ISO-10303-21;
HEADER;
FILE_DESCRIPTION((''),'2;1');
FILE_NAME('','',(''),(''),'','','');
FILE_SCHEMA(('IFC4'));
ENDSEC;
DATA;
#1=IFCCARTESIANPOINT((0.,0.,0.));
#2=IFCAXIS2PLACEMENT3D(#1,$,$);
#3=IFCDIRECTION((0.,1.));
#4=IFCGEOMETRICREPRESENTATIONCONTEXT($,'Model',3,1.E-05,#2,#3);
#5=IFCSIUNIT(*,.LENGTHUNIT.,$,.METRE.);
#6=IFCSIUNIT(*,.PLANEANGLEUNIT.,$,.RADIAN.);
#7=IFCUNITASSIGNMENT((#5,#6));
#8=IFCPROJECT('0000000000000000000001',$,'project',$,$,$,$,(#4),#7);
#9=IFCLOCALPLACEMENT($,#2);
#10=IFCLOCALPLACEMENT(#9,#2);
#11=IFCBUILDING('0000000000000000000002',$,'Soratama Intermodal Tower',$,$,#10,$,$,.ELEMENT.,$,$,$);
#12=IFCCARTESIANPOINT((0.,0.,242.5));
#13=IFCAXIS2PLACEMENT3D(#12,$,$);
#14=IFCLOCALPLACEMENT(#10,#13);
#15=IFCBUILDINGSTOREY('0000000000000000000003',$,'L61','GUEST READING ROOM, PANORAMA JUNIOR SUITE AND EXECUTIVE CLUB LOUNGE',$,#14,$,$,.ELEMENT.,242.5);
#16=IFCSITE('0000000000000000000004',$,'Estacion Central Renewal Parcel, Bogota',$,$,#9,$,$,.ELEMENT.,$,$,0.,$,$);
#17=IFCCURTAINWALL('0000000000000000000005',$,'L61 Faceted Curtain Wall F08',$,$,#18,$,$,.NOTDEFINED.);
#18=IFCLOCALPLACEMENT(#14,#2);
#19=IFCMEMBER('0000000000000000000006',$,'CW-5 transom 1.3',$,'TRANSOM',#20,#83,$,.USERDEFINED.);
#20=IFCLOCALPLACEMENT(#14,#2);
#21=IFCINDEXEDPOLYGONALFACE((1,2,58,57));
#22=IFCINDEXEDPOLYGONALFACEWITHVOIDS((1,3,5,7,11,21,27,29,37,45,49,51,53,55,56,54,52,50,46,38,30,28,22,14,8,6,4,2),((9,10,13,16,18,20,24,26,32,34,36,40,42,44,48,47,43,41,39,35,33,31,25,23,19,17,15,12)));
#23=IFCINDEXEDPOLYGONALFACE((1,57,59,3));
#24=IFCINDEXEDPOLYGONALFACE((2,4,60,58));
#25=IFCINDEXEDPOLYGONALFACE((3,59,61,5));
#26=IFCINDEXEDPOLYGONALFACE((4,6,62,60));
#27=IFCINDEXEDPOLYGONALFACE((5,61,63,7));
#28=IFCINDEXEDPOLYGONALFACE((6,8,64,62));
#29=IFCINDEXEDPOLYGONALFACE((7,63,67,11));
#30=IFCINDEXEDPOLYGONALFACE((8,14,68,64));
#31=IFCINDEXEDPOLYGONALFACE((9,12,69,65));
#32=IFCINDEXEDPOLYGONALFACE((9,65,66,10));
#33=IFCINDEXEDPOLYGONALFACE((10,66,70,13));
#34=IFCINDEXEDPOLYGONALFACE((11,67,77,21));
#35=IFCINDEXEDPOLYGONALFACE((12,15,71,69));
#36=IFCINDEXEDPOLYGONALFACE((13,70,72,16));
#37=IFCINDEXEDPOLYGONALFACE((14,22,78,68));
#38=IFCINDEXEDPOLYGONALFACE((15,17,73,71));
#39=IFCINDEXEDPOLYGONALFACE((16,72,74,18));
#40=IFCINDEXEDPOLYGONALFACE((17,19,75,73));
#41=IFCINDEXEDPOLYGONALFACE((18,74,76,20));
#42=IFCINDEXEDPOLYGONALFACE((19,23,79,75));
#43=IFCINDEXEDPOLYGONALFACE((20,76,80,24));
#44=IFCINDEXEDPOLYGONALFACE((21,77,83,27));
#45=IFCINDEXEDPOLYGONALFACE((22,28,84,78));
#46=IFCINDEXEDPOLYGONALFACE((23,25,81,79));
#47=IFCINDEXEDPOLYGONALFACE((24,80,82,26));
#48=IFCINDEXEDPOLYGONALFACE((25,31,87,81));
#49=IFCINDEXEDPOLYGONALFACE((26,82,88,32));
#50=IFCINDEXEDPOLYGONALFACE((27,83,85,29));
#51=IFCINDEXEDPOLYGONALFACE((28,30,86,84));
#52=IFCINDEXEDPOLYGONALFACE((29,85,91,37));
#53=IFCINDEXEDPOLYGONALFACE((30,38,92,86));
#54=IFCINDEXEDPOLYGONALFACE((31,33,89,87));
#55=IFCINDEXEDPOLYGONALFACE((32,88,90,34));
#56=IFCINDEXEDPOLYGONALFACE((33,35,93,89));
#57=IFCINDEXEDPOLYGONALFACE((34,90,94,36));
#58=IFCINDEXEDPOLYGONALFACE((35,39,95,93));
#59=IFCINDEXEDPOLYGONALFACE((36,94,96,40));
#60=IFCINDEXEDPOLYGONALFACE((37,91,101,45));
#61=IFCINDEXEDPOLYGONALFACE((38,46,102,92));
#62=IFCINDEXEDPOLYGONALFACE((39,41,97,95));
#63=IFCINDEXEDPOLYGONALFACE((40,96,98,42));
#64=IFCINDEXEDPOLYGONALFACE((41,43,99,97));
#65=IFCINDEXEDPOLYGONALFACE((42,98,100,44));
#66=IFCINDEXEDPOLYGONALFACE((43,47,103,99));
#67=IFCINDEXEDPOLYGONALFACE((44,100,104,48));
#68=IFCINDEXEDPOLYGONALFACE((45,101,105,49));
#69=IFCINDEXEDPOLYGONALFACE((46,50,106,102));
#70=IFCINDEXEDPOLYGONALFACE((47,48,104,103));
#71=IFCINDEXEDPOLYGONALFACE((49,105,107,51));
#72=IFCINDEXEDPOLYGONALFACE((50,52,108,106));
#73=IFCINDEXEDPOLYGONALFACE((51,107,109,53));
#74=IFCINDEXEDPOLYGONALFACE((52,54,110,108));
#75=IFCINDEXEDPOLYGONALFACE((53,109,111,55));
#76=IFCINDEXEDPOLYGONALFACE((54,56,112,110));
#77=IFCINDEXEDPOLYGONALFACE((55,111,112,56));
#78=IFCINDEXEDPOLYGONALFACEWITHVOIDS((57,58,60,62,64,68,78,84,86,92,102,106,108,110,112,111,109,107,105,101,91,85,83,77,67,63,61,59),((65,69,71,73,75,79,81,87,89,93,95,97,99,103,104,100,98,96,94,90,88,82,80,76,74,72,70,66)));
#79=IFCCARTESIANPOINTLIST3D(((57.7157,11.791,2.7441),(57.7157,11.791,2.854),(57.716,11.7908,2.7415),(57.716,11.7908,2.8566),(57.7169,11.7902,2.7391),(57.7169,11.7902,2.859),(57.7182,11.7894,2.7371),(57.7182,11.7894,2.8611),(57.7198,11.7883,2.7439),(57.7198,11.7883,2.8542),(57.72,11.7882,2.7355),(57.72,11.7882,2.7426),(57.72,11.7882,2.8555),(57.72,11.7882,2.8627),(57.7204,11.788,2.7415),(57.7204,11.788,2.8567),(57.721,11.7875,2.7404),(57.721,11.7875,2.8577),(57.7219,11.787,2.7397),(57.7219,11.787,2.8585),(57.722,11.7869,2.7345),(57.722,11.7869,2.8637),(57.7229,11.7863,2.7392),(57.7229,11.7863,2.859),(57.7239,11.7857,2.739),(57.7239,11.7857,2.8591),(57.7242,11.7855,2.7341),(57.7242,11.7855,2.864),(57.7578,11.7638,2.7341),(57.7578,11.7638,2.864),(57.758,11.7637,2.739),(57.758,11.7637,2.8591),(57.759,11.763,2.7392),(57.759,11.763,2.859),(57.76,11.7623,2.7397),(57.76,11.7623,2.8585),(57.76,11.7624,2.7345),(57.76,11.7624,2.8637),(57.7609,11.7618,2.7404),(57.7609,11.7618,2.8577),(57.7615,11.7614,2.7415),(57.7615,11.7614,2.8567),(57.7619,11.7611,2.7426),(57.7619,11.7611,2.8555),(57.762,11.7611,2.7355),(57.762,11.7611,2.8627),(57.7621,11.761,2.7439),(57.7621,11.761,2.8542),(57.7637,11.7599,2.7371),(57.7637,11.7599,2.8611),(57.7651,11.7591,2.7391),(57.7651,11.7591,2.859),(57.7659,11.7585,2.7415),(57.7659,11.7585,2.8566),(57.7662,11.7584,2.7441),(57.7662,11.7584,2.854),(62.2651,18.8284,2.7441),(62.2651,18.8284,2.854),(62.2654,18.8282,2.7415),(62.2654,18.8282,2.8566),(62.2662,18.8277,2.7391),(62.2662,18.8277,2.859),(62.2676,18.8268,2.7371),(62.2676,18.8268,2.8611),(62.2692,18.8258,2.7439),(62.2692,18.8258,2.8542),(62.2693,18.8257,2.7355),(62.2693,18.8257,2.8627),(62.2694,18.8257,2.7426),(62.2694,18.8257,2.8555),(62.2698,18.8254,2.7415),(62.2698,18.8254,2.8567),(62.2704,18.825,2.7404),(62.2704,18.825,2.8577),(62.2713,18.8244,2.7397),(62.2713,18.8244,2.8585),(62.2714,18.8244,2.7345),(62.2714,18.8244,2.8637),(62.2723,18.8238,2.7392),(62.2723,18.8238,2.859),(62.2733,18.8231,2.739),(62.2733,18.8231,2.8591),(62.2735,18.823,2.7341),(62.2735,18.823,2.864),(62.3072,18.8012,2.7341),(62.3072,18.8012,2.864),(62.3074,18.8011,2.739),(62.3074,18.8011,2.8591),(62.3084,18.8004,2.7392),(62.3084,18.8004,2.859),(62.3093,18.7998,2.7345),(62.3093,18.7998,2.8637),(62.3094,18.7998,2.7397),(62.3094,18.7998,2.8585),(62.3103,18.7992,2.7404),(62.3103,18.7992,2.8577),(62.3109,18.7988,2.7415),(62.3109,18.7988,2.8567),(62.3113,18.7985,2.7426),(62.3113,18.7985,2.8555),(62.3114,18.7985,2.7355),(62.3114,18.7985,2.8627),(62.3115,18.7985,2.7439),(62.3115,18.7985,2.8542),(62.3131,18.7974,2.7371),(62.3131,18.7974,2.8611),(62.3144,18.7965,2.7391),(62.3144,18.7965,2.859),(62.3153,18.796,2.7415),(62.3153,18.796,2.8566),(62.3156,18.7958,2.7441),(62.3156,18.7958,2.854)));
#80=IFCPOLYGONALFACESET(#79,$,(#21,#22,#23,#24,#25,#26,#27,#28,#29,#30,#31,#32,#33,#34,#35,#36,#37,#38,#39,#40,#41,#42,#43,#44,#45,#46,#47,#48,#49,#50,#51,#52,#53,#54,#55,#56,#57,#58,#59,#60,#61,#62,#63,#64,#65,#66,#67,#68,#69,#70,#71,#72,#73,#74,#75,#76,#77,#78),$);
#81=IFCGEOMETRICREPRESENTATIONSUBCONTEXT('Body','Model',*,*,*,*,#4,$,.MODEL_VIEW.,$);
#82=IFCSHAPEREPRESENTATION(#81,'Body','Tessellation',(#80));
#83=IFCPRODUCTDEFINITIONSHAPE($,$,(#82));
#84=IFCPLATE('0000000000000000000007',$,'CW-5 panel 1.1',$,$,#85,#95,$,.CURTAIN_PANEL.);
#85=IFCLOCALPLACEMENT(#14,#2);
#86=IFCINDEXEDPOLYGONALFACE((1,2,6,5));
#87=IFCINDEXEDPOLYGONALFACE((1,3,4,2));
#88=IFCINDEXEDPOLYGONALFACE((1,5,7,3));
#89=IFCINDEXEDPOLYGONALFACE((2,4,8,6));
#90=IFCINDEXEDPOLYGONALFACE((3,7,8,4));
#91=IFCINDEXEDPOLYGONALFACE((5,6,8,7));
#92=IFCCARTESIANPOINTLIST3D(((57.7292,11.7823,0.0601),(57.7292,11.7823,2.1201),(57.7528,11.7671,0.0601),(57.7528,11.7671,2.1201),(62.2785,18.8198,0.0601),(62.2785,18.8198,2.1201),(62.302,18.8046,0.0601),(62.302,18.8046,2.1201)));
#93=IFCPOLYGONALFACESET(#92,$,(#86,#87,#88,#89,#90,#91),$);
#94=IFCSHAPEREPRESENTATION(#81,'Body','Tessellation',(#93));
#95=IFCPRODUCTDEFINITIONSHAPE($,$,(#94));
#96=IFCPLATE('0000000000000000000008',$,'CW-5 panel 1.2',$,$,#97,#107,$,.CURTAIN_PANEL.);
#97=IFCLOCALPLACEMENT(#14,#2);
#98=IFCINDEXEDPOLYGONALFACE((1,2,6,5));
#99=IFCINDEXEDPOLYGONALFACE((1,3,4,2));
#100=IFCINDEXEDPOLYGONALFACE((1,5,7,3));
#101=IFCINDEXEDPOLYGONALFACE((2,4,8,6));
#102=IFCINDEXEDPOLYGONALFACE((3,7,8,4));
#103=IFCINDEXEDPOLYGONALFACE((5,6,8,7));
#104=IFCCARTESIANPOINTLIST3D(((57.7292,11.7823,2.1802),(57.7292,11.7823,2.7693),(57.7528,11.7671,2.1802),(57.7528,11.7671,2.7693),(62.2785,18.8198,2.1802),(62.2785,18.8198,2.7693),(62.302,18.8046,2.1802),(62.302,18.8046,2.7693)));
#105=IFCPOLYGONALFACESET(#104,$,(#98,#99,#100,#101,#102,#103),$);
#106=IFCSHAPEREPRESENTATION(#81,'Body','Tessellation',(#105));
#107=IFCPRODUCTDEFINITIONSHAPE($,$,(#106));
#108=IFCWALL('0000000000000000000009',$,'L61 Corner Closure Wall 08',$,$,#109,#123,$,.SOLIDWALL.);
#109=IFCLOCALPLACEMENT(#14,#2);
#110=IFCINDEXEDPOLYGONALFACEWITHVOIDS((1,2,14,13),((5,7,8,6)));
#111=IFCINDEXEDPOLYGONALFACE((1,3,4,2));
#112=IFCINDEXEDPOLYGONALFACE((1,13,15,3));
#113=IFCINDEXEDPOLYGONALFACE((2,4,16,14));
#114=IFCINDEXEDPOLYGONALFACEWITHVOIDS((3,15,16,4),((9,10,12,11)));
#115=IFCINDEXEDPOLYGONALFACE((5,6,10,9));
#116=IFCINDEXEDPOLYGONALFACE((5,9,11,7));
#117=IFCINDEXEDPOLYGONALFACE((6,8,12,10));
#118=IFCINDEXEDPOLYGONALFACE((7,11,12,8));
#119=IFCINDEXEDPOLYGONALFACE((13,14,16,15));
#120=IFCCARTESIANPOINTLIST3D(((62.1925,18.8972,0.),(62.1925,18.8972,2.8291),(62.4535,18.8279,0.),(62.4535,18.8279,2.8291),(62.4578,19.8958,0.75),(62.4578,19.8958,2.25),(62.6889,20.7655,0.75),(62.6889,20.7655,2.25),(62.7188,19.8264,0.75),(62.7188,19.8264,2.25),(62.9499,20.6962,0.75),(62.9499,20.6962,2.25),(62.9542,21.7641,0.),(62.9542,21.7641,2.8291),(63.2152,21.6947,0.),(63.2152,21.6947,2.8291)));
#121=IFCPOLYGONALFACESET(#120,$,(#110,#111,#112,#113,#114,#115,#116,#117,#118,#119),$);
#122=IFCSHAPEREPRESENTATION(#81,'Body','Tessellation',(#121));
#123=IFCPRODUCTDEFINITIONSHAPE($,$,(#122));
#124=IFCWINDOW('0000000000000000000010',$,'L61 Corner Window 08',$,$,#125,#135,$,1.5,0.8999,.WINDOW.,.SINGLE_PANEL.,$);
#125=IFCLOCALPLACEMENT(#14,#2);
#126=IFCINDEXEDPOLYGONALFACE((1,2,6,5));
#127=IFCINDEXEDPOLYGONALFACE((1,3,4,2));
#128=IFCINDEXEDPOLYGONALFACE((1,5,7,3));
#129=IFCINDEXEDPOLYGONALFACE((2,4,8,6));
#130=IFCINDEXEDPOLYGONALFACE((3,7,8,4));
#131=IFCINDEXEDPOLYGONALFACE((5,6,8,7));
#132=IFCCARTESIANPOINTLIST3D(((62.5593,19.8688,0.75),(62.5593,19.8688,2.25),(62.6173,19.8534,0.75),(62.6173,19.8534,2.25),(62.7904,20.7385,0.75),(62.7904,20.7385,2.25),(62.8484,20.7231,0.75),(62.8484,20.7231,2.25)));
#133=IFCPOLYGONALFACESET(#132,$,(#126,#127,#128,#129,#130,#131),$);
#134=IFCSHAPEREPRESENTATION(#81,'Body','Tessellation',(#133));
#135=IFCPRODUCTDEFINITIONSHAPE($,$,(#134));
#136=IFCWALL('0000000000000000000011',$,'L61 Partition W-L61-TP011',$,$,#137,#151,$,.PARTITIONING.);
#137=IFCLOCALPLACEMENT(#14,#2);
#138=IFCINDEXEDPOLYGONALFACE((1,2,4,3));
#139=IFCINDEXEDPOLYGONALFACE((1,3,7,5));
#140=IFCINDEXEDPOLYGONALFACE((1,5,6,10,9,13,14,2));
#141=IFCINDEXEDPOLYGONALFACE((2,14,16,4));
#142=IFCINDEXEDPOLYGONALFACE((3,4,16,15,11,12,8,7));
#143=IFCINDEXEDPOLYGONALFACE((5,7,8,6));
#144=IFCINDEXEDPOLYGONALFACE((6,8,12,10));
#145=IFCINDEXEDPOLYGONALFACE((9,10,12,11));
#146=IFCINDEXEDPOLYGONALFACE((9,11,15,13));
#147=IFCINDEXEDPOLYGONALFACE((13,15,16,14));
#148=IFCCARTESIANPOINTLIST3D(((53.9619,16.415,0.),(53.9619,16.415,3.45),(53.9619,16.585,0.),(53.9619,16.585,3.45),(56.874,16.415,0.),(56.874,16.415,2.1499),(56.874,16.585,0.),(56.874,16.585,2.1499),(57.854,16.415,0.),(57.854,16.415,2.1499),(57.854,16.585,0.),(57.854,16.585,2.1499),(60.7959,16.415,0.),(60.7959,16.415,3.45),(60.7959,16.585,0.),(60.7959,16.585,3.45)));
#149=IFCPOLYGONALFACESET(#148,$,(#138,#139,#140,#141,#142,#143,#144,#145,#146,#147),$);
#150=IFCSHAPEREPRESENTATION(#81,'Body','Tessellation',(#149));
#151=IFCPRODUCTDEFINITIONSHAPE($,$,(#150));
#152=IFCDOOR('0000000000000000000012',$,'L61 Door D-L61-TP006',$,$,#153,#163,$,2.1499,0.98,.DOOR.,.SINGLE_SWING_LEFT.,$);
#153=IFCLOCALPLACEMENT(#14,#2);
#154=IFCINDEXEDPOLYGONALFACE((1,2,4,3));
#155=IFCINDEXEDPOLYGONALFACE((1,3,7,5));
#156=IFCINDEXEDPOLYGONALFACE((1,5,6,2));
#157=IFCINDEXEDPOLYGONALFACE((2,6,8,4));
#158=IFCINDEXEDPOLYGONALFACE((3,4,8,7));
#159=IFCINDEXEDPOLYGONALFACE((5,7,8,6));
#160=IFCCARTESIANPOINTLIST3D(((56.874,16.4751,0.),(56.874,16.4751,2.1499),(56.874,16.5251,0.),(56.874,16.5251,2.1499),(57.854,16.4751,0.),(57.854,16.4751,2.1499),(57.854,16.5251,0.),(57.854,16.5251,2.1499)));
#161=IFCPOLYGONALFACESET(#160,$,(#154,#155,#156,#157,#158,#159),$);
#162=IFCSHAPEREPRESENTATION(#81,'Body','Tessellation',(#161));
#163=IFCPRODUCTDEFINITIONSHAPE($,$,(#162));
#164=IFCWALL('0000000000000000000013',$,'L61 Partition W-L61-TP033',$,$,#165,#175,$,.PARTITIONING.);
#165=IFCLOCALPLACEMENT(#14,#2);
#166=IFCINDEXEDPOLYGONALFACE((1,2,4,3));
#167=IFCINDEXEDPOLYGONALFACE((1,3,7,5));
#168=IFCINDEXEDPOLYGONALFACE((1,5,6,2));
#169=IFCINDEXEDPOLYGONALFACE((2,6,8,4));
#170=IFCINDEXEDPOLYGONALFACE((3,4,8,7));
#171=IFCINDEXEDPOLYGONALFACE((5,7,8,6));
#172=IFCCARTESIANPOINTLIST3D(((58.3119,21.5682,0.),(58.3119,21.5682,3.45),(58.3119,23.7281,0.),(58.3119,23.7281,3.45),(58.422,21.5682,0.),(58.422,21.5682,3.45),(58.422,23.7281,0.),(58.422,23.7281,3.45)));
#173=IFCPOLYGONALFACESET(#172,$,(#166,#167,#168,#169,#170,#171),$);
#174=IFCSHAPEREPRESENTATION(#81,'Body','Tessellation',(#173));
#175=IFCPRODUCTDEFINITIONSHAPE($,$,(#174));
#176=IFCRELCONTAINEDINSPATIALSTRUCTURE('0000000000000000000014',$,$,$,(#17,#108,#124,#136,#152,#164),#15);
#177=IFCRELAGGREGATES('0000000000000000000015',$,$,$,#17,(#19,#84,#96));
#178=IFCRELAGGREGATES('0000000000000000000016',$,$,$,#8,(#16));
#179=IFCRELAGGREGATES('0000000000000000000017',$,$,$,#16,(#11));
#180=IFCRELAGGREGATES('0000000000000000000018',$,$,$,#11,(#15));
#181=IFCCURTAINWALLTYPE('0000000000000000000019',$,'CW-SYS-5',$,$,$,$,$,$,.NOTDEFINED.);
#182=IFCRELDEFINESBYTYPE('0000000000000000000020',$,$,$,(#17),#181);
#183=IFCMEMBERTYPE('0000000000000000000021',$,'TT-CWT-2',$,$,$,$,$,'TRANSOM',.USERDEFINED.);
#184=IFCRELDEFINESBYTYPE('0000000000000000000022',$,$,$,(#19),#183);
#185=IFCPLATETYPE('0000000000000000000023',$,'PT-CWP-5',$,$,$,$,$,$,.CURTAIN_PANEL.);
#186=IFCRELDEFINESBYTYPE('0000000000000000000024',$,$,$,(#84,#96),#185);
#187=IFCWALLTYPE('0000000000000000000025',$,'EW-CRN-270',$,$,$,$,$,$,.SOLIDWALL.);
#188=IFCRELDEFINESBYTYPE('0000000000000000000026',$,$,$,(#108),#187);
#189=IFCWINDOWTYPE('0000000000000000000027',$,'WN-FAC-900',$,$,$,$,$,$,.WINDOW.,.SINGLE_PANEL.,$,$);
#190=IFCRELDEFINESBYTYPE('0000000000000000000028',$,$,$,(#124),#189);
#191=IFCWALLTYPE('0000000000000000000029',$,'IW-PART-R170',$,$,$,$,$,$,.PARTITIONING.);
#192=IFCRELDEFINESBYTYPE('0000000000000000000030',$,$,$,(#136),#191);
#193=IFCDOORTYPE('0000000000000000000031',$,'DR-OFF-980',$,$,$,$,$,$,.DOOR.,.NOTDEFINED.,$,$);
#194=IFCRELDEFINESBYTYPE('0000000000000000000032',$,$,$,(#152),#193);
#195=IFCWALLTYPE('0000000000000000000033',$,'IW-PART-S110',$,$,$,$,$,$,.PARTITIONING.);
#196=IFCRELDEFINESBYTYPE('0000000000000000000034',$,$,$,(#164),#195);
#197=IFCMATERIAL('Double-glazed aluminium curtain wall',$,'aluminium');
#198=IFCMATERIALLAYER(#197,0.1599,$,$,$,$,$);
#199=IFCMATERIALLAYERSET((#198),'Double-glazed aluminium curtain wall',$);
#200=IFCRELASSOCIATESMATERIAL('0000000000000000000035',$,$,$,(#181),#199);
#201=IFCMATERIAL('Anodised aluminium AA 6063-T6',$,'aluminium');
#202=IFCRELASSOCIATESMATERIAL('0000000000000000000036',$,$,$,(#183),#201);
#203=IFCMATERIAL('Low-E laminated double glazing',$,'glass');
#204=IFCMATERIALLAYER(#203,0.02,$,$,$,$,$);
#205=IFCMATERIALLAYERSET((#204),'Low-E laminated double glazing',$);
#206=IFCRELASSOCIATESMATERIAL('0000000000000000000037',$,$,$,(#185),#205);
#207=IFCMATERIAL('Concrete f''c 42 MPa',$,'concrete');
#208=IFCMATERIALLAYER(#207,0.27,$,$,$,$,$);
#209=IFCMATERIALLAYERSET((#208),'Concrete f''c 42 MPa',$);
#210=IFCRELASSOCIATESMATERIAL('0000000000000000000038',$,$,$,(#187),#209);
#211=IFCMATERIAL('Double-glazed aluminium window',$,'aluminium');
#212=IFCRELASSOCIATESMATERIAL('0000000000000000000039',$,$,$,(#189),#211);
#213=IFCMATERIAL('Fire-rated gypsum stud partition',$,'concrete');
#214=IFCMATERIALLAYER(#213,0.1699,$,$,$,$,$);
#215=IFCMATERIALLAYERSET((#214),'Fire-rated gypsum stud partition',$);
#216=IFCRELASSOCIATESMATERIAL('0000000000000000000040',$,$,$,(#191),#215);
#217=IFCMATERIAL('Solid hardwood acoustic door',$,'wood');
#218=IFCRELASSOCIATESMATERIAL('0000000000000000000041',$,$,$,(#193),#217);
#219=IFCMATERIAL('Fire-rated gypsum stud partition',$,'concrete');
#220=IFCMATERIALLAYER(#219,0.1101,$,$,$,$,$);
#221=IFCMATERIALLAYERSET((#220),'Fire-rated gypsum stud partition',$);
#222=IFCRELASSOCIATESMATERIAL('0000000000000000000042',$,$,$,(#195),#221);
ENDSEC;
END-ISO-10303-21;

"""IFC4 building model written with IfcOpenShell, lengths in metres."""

from ifc_helpers import new_model, si_unit, direction, frame, frame_2d, origin, origin_2d, place, context, subcontext, project, spatial, rectangle, hollow_rectangle, extrude, material, layer, layer_set, material_profile, profile_set, type_object, element, fill, aggregate, save


model = new_model("IFC4")

# Units and contexts
model_context = context("Model", 3, precision=1e-05, world=origin(), true_north=direction((0.0, 1.0)))
body_context = subcontext(model_context, "Body", "Model", "MODEL_VIEW")
ifc_project = project(units=[si_unit("LENGTHUNIT", "METRE"), si_unit("PLANEANGLEUNIT", "RADIAN")], contexts=[model_context])

# Site, building, storey
site_placement = place(None, origin())
site = spatial("IfcSite", under=ifc_project, at=site_placement, Name="Estacion Central Renewal Parcel, Bogota", CompositionType="ELEMENT", RefElevation=0.0)
building_placement = place(site_placement, origin())
building = spatial("IfcBuilding", under=site, at=building_placement, Name="Soratama Intermodal Tower", CompositionType="ELEMENT")
storey_placement = place(building_placement, frame((0.0, 0.0, 242.5)))
storey = spatial("IfcBuildingStorey", under=building, at=storey_placement, Name="L61", Description="GUEST READING ROOM, PANORAMA JUNIOR SUITE AND EXECUTIVE CLUB LOUNGE", CompositionType="ELEMENT", Elevation=242.5)

# Curtain wall, member, plates
ifc_material_1 = material(Name="Double-glazed aluminium curtain wall", Category="aluminium")
ifc_layer_1 = layer(ifc_material_1, 0.1599)
ifc_layer_set_1 = layer_set([ifc_layer_1], Name="Double-glazed aluminium curtain wall")
curtain_wall_type = type_object("IfcCurtainWallType", Name="CW-SYS-5", PredefinedType="NOTDEFINED", material=ifc_layer_set_1)
curtain_wall_placement = place(storey_placement, origin())
curtain_wall = element("IfcCurtainWall", 1, at=curtain_wall_placement, inside=storey, type_object=curtain_wall_type, Name="L61 Faceted Curtain Wall F08", PredefinedType="NOTDEFINED")
ifc_material_2 = material(Name="Anodised aluminium AA 6063-T6", Category="aluminium")
ifc_material_profile_1 = material_profile(ifc_material_2, hollow_rectangle(XDim=0.0601, YDim=0.1299, WallThickness=0.0049, InnerFilletRadius=0.0049, OuterFilletRadius=0.01, at=origin_2d()), Name="CWT130X60X5")
ifc_profile_set_1 = profile_set([ifc_material_profile_1], Name="Anodised aluminium AA 6063-T6")
member_type_1 = type_object("IfcMemberType", Name="TT-CWT-2", ElementType="TRANSOM", PredefinedType="USERDEFINED", material=ifc_profile_set_1)
member_1_placement = place(storey_placement, frame((57.741, 11.7747, 2.7991), z_axis=(0.542892, 0.839802, 0.0), x_axis=(-0.839802, 0.542892, 0.0)))
member_1 = element("IfcMember", 2, at=member_1_placement, type_object=member_type_1, Name="CW-5 transom 1.3", ObjectType="TRANSOM", PredefinedType="USERDEFINED", context=body_context, shape_type="SweptSolid", body=[
    extrude(hollow_rectangle(XDim=0.0601, YDim=0.1299, WallThickness=0.0049, InnerFilletRadius=0.0049, OuterFilletRadius=0.01, at=origin_2d()), origin(), (0.0, 0.0, 1.0), 8.3799),
])
ifc_material_3 = material(Name="Low-E laminated double glazing", Category="glass")
ifc_layer_2 = layer(ifc_material_3, 0.02)
ifc_layer_set_2 = layer_set([ifc_layer_2], Name="Low-E laminated double glazing")
plate_type = type_object("IfcPlateType", Name="PT-CWP-5", PredefinedType="CURTAIN_PANEL", material=ifc_layer_set_2)
plate_1_placement = place(storey_placement, frame((60.0156, 15.2935, 0.0601), z_axis=(0.0, 0.0, 1.0), x_axis=(0.542878, 0.839812, 0.0)))
plate_1 = element("IfcPlate", 3, at=plate_1_placement, type_object=plate_type, Name="CW-5 panel 1.1", PredefinedType="CURTAIN_PANEL", context=body_context, shape_type="SweptSolid", body=[
    extrude(rectangle(XDim=8.3799, YDim=0.0281, at=origin_2d()), origin(), (0.0, 0.0, 1.0), 2.0601),
])
plate_2_placement = place(storey_placement, frame((60.0156, 15.2935, 2.1802), z_axis=(0.0, 0.0, 1.0), x_axis=(0.542878, 0.839812, 0.0)))
plate_2 = element("IfcPlate", 4, at=plate_2_placement, type_object=plate_type, Name="CW-5 panel 1.2", PredefinedType="CURTAIN_PANEL", context=body_context, shape_type="SweptSolid", body=[
    extrude(rectangle(XDim=8.3799, YDim=0.0281, at=origin_2d()), origin(), (0.0, 0.0, 1.0), 0.5891),
])
aggregate(curtain_wall, [member_1, plate_1, plate_2])

# Wall, opening, window
ifc_material_4 = material(Name="Concrete f'c 42 MPa", Category="concrete")
ifc_layer_3 = layer(ifc_material_4, 0.27)
ifc_layer_set_3 = layer_set([ifc_layer_3], Name="Concrete f'c 42 MPa")
wall_type_1 = type_object("IfcWallType", Name="EW-CRN-270", PredefinedType="SOLIDWALL", material=ifc_layer_set_3)
wall_1_placement = place(storey_placement, frame((62.323, 18.8625, 0.0), z_axis=(0.0, 0.0, 1.0), x_axis=(0.256781, 0.966469, 0.0)))
wall_1 = element("IfcWall", 5, at=wall_1_placement, inside=storey, type_object=wall_type_1, Name="L61 Corner Closure Wall 08", PredefinedType="SOLIDWALL", context=body_context, shape_type="SweptSolid", body=[
    extrude(rectangle(XDim=2.9663, YDim=0.27, at=frame_2d((1.4832, 0.0))), origin(), (0.0, 0.0, 1.0), 2.8291),
])
opening_1_placement = place(wall_1_placement, frame((1.0332, 0.0, 0.75)))
opening_1 = element("IfcOpeningElement", 6, at=opening_1_placement, cuts=wall_1, PredefinedType="OPENING", context=body_context, shape_type="SweptSolid", body=[
    extrude(rectangle(XDim=0.8999, YDim=1.5, at=frame_2d((0.45, 0.75))), frame((0.0, 0.145, 0.0), z_axis=(0.0, -1.0, 0.0), x_axis=(1.0, 0.0, 0.0)), (0.0, 0.0, 1.0), 0.29),
])
ifc_material_5 = material(Name="Double-glazed aluminium window", Category="aluminium")
window_type_1 = type_object("IfcWindowType", Name="WN-FAC-900", PartitioningType="SINGLE_PANEL", PredefinedType="WINDOW", material=ifc_material_5)
window_1_placement = place(opening_1_placement, origin())
window_1 = element("IfcWindow", 7, at=window_1_placement, inside=storey, type_object=window_type_1, Name="L61 Corner Window 08", OverallHeight=1.5, OverallWidth=0.8999, PartitioningType="SINGLE_PANEL", PredefinedType="WINDOW", context=body_context, shape_type="SweptSolid", body=[
    extrude(rectangle(XDim=0.8999, YDim=1.5, at=frame_2d((0.45, 0.75))), frame((0.0, 0.03, 0.0), z_axis=(0.0, -1.0, 0.0), x_axis=(1.0, 0.0, 0.0)), (0.0, 0.0, 1.0), 0.0601),
])
fill(opening_1, window_1)

# Wall, opening, door
ifc_material_6 = material(Name="Fire-rated gypsum stud partition", Category="concrete")
ifc_layer_4 = layer(ifc_material_6, 0.1699)
ifc_layer_set_4 = layer_set([ifc_layer_4], Name="Fire-rated gypsum stud partition")
wall_type_2 = type_object("IfcWallType", Name="IW-PART-R170", PredefinedType="PARTITIONING", material=ifc_layer_set_4)
wall_2_placement = place(storey_placement, frame((60.7959, 16.5, 0.0), z_axis=(0.0, 0.0, 1.0), x_axis=(-1.0, 0.0, 0.0)))
wall_2 = element("IfcWall", 8, at=wall_2_placement, inside=storey, type_object=wall_type_2, Name="L61 Partition W-L61-TP011", PredefinedType="PARTITIONING", context=body_context, shape_type="SweptSolid", body=[
    extrude(rectangle(XDim=6.834, YDim=0.1699, at=frame_2d((3.417, 0.0))), origin(), (0.0, 0.0, 1.0), 3.45),
])
opening_2_placement = place(wall_2_placement, frame((2.9419, 0.0, 0.0)))
opening_2 = element("IfcOpeningElement", 9, at=opening_2_placement, cuts=wall_2, PredefinedType="OPENING", context=body_context, shape_type="SweptSolid", body=[
    extrude(rectangle(XDim=0.98, YDim=2.1499, at=frame_2d((0.49, 1.075))), frame((0.0, 0.095, 0.0), z_axis=(0.0, -1.0, 0.0), x_axis=(1.0, 0.0, 0.0)), (0.0, 0.0, 1.0), 0.1899),
])
ifc_material_7 = material(Name="Solid hardwood acoustic door", Category="wood")
door_type_1 = type_object("IfcDoorType", Name="DR-OFF-980", OperationType="NOTDEFINED", PredefinedType="DOOR", material=ifc_material_7)
door_1_placement = place(opening_2_placement, origin())
door_1 = element("IfcDoor", 10, at=door_1_placement, inside=storey, type_object=door_type_1, Name="L61 Door D-L61-TP006", OperationType="SINGLE_SWING_LEFT", OverallHeight=2.1499, OverallWidth=0.98, PredefinedType="DOOR", context=body_context, shape_type="SweptSolid", body=[
    extrude(rectangle(XDim=0.98, YDim=2.1499, at=frame_2d((0.49, 1.075))), frame((0.0, 0.0249, 0.0), z_axis=(0.0, -1.0, 0.0), x_axis=(1.0, 0.0, 0.0)), (0.0, 0.0, 1.0), 0.05),
])
fill(opening_2, door_1)

# Wall
ifc_material_8 = material(Name="Fire-rated gypsum stud partition", Category="concrete")
ifc_layer_5 = layer(ifc_material_8, 0.1101)
ifc_layer_set_5 = layer_set([ifc_layer_5], Name="Fire-rated gypsum stud partition")
wall_type_3 = type_object("IfcWallType", Name="IW-PART-S110", PredefinedType="PARTITIONING", material=ifc_layer_set_5)
wall_3_placement = place(storey_placement, frame((58.3669, 21.5681, 0.0), z_axis=(0.0, 0.0, 1.0), x_axis=(0.0, 1.0, 0.0)))
element("IfcWall", 11, at=wall_3_placement, inside=storey, type_object=wall_type_3, Name="L61 Partition W-L61-TP033", PredefinedType="PARTITIONING", context=body_context, shape_type="SweptSolid", body=[
    extrude(rectangle(XDim=2.1599, YDim=0.1101, at=frame_2d((1.0801, 0.0))), origin(), (0.0, 0.0, 1.0), 3.45),
])

save(model, "model.ifc")
